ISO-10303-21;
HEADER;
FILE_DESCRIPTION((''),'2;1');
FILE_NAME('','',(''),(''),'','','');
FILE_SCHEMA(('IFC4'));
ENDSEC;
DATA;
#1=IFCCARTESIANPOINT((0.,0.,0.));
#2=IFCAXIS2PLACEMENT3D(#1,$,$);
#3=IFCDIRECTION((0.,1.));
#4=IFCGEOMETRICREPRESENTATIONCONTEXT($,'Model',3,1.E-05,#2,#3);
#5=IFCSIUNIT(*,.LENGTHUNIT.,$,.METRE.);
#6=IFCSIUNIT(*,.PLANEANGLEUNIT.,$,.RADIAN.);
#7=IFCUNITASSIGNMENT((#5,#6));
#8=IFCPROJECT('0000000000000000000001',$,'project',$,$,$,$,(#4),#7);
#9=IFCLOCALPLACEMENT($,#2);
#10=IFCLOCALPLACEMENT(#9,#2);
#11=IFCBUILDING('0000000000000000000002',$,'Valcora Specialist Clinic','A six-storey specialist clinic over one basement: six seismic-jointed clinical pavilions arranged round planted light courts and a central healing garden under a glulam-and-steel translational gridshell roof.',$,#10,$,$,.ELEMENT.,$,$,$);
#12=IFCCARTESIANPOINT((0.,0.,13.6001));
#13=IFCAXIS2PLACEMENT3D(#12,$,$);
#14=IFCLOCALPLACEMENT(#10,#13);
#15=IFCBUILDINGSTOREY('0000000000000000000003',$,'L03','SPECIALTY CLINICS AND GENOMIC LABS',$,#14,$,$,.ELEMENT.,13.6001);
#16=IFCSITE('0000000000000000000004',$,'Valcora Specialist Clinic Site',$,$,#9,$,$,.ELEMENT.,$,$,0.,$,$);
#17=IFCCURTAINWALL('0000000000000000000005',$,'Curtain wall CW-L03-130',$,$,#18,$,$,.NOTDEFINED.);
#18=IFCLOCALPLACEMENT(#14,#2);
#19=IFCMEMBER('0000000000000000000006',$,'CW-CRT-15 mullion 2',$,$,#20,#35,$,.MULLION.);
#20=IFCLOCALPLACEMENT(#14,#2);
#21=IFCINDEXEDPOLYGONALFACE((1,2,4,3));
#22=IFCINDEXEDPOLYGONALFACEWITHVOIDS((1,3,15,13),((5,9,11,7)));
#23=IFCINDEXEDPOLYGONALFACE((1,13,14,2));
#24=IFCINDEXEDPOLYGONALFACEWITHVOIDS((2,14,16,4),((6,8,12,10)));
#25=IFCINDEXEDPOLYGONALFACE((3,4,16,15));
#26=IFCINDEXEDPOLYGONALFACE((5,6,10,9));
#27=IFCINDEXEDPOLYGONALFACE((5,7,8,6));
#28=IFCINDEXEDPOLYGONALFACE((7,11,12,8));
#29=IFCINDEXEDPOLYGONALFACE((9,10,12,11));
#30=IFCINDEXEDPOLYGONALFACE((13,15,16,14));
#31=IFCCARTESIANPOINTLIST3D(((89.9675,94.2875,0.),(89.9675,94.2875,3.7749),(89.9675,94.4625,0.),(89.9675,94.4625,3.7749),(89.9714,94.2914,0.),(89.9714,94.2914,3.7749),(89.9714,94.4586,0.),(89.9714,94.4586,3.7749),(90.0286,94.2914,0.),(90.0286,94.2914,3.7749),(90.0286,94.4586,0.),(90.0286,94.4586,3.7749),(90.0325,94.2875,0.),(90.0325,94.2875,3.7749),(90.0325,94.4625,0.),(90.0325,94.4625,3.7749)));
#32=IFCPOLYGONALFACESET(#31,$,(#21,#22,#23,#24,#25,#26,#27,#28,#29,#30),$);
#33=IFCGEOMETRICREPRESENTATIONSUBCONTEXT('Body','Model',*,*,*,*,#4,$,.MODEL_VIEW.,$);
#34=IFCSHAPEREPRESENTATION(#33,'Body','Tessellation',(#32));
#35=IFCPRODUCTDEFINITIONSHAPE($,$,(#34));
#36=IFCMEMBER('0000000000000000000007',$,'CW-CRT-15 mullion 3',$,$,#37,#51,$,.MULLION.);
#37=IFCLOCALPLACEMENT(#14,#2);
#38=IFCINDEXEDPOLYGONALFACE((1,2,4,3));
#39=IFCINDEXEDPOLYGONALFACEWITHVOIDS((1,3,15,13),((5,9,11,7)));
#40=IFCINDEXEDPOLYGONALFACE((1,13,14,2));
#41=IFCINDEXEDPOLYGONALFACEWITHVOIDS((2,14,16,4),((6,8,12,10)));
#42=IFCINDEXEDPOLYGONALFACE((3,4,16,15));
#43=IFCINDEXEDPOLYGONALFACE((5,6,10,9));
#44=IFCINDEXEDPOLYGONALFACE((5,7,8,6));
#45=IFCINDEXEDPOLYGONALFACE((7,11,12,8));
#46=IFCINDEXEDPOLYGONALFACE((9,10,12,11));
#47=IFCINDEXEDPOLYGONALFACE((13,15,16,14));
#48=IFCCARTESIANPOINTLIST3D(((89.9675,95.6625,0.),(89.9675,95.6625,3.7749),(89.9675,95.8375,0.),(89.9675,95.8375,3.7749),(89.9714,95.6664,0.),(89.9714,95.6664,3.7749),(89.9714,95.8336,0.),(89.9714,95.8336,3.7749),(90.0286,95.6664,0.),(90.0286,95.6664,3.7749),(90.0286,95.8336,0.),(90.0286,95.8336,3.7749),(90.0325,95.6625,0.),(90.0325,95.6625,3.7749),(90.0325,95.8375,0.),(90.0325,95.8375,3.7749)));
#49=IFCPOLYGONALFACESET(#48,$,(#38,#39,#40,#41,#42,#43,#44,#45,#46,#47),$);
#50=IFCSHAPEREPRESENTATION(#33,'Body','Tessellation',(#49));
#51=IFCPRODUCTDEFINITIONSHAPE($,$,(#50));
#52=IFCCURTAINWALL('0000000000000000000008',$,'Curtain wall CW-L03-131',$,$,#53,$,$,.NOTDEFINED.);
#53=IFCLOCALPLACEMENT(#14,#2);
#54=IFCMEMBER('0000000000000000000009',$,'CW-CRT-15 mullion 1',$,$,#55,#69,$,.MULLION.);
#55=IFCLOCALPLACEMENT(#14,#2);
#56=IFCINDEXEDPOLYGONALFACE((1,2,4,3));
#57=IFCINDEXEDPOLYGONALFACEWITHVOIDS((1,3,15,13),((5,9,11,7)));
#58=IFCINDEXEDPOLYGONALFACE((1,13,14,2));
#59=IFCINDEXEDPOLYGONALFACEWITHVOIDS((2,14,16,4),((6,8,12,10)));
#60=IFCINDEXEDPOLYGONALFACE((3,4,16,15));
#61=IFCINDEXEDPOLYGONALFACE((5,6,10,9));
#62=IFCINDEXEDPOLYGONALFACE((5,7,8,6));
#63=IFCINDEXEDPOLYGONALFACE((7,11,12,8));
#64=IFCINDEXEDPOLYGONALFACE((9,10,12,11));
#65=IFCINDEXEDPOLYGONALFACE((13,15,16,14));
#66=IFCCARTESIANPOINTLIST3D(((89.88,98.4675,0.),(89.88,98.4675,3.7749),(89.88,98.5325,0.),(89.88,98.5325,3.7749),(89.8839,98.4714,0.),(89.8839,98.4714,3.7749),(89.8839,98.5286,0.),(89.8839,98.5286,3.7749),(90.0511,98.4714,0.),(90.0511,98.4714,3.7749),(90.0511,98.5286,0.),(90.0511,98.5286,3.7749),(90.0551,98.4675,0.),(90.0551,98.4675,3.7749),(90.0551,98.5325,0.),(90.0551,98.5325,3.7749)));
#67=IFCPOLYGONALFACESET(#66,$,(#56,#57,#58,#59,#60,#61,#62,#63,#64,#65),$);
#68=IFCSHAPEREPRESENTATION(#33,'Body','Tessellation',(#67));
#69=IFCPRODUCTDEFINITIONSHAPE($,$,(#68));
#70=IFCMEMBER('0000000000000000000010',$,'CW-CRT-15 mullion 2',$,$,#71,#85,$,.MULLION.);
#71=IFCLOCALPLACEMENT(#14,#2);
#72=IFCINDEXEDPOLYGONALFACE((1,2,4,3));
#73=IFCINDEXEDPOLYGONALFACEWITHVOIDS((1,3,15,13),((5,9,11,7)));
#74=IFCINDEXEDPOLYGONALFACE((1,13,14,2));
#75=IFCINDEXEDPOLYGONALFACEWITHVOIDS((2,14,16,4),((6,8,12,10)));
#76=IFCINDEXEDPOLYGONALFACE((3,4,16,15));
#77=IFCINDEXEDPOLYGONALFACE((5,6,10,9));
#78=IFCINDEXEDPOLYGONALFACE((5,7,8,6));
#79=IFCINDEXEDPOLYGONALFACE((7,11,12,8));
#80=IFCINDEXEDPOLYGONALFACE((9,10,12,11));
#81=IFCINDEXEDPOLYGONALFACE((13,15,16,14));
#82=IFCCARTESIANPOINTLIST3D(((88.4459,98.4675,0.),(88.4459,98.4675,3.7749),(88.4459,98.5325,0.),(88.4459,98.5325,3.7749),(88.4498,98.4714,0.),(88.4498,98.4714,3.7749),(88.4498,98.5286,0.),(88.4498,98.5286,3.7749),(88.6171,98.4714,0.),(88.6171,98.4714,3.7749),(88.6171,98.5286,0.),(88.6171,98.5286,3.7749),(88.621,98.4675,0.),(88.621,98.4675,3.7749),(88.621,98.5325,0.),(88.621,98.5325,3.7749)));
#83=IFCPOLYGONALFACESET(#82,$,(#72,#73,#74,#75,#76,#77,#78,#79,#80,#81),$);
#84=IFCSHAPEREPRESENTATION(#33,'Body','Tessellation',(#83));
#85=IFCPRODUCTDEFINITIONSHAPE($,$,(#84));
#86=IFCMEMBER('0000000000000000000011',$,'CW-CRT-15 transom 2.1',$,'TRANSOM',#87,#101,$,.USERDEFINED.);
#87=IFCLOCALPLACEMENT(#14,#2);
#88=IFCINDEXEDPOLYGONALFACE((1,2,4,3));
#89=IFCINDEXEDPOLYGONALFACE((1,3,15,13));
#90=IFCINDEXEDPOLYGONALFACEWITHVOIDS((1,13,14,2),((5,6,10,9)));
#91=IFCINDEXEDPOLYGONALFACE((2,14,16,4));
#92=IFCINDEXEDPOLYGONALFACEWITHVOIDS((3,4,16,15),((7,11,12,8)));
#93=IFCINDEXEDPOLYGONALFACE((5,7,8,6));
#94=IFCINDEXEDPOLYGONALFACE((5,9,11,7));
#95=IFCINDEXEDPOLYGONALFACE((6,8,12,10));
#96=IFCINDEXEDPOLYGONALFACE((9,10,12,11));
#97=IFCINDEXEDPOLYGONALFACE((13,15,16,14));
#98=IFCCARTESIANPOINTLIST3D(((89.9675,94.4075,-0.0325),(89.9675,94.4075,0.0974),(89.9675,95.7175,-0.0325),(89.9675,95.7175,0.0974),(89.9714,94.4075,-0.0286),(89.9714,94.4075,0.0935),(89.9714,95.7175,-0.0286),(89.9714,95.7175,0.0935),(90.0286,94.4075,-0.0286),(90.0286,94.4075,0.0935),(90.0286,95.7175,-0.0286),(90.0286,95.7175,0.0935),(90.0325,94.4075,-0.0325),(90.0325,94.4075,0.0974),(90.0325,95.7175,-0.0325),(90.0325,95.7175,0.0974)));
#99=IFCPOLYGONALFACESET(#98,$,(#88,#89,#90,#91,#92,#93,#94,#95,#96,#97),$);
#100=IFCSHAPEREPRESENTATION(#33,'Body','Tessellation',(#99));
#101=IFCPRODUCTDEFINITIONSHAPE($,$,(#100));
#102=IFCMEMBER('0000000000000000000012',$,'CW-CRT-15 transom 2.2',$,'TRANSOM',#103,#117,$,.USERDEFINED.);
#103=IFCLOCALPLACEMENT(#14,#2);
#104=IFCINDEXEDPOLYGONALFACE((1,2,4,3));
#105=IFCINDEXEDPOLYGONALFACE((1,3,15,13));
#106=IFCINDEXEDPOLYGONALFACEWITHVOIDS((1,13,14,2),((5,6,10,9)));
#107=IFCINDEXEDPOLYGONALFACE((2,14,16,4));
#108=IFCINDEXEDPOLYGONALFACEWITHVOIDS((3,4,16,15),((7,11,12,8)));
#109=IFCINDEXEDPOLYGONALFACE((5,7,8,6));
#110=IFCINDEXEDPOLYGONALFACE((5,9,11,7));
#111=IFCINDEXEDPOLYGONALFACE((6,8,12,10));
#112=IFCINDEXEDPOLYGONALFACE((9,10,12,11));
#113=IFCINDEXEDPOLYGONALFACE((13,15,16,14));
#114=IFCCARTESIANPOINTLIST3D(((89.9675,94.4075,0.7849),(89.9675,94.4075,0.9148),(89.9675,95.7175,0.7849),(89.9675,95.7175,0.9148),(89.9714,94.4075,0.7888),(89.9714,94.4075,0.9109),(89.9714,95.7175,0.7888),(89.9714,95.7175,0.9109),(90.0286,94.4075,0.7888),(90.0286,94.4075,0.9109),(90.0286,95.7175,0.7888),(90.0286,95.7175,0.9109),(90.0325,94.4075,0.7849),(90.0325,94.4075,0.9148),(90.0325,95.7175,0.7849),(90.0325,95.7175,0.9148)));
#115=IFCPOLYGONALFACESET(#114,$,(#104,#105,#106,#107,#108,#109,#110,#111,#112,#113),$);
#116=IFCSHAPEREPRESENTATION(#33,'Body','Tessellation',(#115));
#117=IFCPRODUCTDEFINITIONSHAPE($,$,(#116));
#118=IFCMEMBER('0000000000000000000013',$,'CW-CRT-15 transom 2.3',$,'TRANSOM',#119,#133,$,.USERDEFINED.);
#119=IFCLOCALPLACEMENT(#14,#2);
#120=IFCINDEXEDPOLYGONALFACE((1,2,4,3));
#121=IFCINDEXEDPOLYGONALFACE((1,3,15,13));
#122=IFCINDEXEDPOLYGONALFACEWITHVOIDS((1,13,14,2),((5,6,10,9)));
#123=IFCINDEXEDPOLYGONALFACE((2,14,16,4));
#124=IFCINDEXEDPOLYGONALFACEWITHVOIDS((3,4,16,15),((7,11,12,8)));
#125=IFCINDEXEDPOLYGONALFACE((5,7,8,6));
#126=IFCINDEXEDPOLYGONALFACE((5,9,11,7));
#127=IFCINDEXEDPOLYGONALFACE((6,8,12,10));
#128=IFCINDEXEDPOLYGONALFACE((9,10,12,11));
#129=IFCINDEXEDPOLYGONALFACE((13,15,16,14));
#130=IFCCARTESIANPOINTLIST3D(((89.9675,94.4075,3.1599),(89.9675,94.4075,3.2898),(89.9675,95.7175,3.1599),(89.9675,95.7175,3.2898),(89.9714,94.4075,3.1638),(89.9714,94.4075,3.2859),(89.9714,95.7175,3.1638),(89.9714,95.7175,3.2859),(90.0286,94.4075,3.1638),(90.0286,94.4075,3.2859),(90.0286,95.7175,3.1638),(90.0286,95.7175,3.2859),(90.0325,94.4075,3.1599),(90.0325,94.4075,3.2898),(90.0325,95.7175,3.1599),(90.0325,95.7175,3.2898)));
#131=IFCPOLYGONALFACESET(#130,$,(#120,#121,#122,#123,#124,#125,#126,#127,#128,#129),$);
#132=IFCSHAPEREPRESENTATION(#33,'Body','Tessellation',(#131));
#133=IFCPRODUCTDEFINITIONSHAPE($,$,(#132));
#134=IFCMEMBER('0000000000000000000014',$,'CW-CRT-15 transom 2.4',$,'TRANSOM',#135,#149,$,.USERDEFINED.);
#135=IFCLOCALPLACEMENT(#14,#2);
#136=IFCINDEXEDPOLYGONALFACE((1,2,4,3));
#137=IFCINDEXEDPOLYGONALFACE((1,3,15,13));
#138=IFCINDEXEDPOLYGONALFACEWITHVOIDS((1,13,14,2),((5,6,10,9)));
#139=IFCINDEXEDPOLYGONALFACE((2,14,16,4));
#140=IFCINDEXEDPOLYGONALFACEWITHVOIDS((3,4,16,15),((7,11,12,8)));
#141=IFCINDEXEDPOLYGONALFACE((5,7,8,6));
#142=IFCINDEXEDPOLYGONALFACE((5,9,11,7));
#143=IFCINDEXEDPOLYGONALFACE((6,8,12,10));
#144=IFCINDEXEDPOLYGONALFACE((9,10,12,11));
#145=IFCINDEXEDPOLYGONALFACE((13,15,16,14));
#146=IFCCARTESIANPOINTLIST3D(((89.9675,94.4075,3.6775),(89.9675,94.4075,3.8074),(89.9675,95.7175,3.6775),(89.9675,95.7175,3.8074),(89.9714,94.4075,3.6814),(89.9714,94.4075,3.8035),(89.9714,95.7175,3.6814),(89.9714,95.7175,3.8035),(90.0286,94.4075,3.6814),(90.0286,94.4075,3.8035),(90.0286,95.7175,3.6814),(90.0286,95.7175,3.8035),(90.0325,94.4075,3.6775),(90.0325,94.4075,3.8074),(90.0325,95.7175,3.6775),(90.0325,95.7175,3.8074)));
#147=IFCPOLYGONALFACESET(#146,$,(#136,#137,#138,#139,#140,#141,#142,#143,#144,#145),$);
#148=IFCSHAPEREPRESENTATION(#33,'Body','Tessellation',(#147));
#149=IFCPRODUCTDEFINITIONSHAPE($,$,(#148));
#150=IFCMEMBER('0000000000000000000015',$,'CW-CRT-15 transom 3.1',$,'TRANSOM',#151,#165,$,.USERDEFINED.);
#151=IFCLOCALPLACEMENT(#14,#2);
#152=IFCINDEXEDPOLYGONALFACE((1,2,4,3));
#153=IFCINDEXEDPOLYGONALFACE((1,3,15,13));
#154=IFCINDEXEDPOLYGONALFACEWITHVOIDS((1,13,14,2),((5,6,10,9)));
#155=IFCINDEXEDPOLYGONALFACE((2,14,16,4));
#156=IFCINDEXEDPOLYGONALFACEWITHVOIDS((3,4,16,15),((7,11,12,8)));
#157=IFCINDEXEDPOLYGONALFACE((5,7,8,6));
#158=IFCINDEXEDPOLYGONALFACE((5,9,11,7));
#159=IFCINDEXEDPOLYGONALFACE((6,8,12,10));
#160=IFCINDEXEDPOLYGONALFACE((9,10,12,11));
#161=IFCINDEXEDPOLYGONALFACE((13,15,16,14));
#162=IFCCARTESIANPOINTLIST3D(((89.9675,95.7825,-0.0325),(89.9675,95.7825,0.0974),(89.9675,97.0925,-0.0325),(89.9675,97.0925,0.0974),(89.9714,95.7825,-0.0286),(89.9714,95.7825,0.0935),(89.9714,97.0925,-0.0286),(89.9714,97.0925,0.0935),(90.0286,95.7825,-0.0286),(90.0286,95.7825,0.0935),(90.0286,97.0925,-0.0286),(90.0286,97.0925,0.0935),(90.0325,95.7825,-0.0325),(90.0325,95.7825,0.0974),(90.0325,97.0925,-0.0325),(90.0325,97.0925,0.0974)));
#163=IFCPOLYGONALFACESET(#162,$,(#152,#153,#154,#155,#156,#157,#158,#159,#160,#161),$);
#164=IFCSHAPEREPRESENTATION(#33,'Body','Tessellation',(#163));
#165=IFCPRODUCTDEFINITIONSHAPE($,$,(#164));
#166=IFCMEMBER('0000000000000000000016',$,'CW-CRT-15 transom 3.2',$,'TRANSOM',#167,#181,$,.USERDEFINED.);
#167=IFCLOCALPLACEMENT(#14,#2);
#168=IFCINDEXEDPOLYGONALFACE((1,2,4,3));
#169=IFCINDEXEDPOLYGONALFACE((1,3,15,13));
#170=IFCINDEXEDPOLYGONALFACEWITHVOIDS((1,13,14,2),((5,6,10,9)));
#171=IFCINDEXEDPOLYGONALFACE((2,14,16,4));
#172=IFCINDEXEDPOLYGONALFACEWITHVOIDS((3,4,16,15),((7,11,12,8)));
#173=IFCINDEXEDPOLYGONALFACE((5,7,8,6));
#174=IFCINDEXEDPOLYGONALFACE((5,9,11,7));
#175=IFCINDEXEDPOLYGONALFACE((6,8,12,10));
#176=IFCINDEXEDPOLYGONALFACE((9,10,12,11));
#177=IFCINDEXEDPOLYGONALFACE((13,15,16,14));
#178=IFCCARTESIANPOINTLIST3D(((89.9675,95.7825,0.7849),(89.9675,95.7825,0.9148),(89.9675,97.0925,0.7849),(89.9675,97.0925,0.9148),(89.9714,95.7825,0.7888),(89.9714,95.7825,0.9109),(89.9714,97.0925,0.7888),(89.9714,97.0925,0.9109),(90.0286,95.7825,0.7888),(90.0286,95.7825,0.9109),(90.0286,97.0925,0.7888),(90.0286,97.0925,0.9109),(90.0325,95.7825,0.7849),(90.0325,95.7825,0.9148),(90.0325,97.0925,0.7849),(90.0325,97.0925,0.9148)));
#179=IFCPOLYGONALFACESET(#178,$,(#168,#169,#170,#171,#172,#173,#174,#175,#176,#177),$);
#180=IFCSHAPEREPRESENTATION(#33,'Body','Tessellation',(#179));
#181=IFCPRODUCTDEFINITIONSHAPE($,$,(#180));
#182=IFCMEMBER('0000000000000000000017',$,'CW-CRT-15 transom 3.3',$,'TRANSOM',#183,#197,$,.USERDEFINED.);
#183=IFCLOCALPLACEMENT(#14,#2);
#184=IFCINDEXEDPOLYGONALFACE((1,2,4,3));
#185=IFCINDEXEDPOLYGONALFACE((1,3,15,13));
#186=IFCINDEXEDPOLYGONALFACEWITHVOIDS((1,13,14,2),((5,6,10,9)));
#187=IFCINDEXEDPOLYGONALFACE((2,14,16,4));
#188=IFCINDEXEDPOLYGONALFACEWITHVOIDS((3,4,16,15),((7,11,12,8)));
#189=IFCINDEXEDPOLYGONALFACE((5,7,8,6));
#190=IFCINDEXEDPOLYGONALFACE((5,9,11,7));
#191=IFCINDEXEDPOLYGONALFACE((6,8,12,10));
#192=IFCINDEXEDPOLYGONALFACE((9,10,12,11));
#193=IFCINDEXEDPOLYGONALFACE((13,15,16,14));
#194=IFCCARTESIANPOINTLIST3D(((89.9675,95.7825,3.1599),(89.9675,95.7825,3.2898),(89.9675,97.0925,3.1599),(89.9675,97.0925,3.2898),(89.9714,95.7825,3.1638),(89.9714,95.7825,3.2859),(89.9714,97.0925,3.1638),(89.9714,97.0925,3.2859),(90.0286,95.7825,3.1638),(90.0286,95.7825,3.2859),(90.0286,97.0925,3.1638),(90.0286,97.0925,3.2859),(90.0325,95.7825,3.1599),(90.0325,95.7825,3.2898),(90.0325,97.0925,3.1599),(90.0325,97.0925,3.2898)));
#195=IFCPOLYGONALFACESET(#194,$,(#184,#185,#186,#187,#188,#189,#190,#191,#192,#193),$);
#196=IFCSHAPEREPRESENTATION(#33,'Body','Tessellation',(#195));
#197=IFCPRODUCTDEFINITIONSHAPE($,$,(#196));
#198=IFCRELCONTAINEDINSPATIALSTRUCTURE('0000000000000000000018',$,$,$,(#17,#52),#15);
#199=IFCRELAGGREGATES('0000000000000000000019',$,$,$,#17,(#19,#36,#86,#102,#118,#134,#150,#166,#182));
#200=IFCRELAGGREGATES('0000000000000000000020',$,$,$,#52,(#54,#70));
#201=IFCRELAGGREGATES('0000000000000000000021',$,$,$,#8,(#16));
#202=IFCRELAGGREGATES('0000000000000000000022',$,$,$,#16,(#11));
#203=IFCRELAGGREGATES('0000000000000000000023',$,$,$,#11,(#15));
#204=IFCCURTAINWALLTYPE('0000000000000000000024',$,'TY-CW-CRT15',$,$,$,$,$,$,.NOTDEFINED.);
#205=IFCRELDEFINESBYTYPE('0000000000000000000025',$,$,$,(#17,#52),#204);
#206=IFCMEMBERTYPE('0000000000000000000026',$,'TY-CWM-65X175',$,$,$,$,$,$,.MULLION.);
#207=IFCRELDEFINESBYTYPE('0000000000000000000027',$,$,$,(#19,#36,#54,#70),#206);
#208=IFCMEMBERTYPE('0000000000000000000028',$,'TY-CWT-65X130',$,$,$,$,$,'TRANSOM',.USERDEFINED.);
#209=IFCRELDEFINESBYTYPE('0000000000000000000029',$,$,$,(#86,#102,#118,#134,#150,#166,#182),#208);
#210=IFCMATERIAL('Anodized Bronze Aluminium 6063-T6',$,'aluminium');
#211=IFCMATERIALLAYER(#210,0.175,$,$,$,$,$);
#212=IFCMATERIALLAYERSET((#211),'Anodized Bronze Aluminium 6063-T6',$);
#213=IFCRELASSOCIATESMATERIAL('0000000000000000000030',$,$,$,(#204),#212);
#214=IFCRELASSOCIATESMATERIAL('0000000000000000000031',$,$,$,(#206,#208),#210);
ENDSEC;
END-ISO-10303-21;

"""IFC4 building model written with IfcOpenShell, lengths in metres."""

from ifc_helpers import new_model, si_unit, direction, frame, origin, origin_2d, place, context, subcontext, project, spatial, hollow_rectangle, extrude, material, layer, layer_set, material_profile, profile_set, type_object, element, aggregate, save


model = new_model("IFC4")

# Units and contexts
model_context = context("Model", 3, precision=1e-05, world=origin(), true_north=direction((0.0, 1.0)))
body_context = subcontext(model_context, "Body", "Model", "MODEL_VIEW")
ifc_project = project(units=[si_unit("LENGTHUNIT", "METRE"), si_unit("PLANEANGLEUNIT", "RADIAN")], contexts=[model_context])

# Site, building, storey
site_placement = place(None, origin())
site = spatial("IfcSite", under=ifc_project, at=site_placement, Name="Valcora Specialist Clinic Site", CompositionType="ELEMENT", RefElevation=0.0)
building_placement = place(site_placement, origin())
building = spatial("IfcBuilding", under=site, at=building_placement, Name="Valcora Specialist Clinic", Description="A six-storey specialist clinic over one basement: six seismic-jointed clinical pavilions arranged round planted light courts and a central healing garden under a glulam-and-steel translational gridshell roof.", CompositionType="ELEMENT")
storey_placement = place(building_placement, frame((0.0, 0.0, 13.6001)))
storey = spatial("IfcBuildingStorey", under=building, at=storey_placement, Name="L03", Description="SPECIALTY CLINICS AND GENOMIC LABS", CompositionType="ELEMENT", Elevation=13.6001)

# Curtain walls, members
ifc_material_1 = material(Name="Anodized Bronze Aluminium 6063-T6", Category="aluminium")
ifc_layer_1 = layer(ifc_material_1, 0.175)
ifc_layer_set_1 = layer_set([ifc_layer_1], Name="Anodized Bronze Aluminium 6063-T6")
curtain_wall_type = type_object("IfcCurtainWallType", Name="TY-CW-CRT15", PredefinedType="NOTDEFINED", material=ifc_layer_set_1)
curtain_wall_1_placement = place(storey_placement, origin())
curtain_wall_1 = element("IfcCurtainWall", 1, at=curtain_wall_1_placement, inside=storey, type_object=curtain_wall_type, Name="Curtain wall CW-L03-130", PredefinedType="NOTDEFINED")
ifc_material_profile_1 = material_profile(ifc_material_1, hollow_rectangle(XDim=0.0649, YDim=0.175, WallThickness=0.0039, at=origin_2d()), Name="AL-MUL-65X175")
ifc_profile_set_1 = profile_set([ifc_material_profile_1], Name="Anodized Bronze Aluminium 6063-T6")
member_type_1 = type_object("IfcMemberType", Name="TY-CWM-65X175", PredefinedType="MULLION", material=ifc_profile_set_1)
member_1_placement = place(storey_placement, frame((90.0, 94.375, 0.0), z_axis=(0.0, 0.0, 1.0), x_axis=(-1.0, 0.0, 0.0)))
member_1 = element("IfcMember", 2, at=member_1_placement, type_object=member_type_1, Name="CW-CRT-15 mullion 2", PredefinedType="MULLION", context=body_context, shape_type="SweptSolid", body=[
    extrude(hollow_rectangle(XDim=0.0649, YDim=0.175, WallThickness=0.0039, at=origin_2d()), origin(), (0.0, 0.0, 1.0), 3.7749),
])
member_2_placement = place(storey_placement, frame((90.0, 95.75, 0.0), z_axis=(0.0, 0.0, 1.0), x_axis=(-1.0, 0.0, 0.0)))
member_2 = element("IfcMember", 3, at=member_2_placement, type_object=member_type_1, Name="CW-CRT-15 mullion 3", PredefinedType="MULLION", context=body_context, shape_type="SweptSolid", body=[
    extrude(hollow_rectangle(XDim=0.0649, YDim=0.175, WallThickness=0.0039, at=origin_2d()), origin(), (0.0, 0.0, 1.0), 3.7749),
])
curtain_wall_2_placement = place(storey_placement, origin())
curtain_wall_2 = element("IfcCurtainWall", 4, at=curtain_wall_2_placement, inside=storey, type_object=curtain_wall_type, Name="Curtain wall CW-L03-131", PredefinedType="NOTDEFINED")
member_3_placement = place(storey_placement, frame((89.9675, 98.5, 0.0), z_axis=(0.0, 0.0, 1.0), x_axis=(0.0, -1.0, 0.0)))
member_3 = element("IfcMember", 5, at=member_3_placement, type_object=member_type_1, Name="CW-CRT-15 mullion 1", PredefinedType="MULLION", context=body_context, shape_type="SweptSolid", body=[
    extrude(hollow_rectangle(XDim=0.0649, YDim=0.175, WallThickness=0.0039, at=origin_2d()), origin(), (0.0, 0.0, 1.0), 3.7749),
])
member_4_placement = place(storey_placement, frame((88.5334, 98.5, 0.0), z_axis=(0.0, 0.0, 1.0), x_axis=(0.0, -1.0, 0.0)))
member_4 = element("IfcMember", 6, at=member_4_placement, type_object=member_type_1, Name="CW-CRT-15 mullion 2", PredefinedType="MULLION", context=body_context, shape_type="SweptSolid", body=[
    extrude(hollow_rectangle(XDim=0.0649, YDim=0.175, WallThickness=0.0039, at=origin_2d()), origin(), (0.0, 0.0, 1.0), 3.7749),
])

# Members
ifc_material_profile_2 = material_profile(ifc_material_1, hollow_rectangle(XDim=0.0649, YDim=0.1299, WallThickness=0.0039, at=origin_2d()), Name="AL-TRN-65X130")
ifc_profile_set_2 = profile_set([ifc_material_profile_2], Name="Anodized Bronze Aluminium 6063-T6")
member_type_2 = type_object("IfcMemberType", Name="TY-CWT-65X130", ElementType="TRANSOM", PredefinedType="USERDEFINED", material=ifc_profile_set_2)
member_5_placement = place(storey_placement, frame((90.0, 94.4075, 0.0325), z_axis=(0.0, 1.0, 0.0), x_axis=(-1.0, 0.0, 0.0)))
member_5 = element("IfcMember", 7, at=member_5_placement, type_object=member_type_2, Name="CW-CRT-15 transom 2.1", ObjectType="TRANSOM", PredefinedType="USERDEFINED", context=body_context, shape_type="SweptSolid", body=[
    extrude(hollow_rectangle(XDim=0.0649, YDim=0.1299, WallThickness=0.0039, at=origin_2d()), origin(), (0.0, 0.0, 1.0), 1.3101),
])
member_6_placement = place(storey_placement, frame((90.0, 94.4075, 0.8499), z_axis=(0.0, 1.0, 0.0), x_axis=(-1.0, 0.0, 0.0)))
member_6 = element("IfcMember", 8, at=member_6_placement, type_object=member_type_2, Name="CW-CRT-15 transom 2.2", ObjectType="TRANSOM", PredefinedType="USERDEFINED", context=body_context, shape_type="SweptSolid", body=[
    extrude(hollow_rectangle(XDim=0.0649, YDim=0.1299, WallThickness=0.0039, at=origin_2d()), origin(), (0.0, 0.0, 1.0), 1.3101),
])
member_7_placement = place(storey_placement, frame((90.0, 94.4075, 3.2249), z_axis=(0.0, 1.0, 0.0), x_axis=(-1.0, 0.0, 0.0)))
member_7 = element("IfcMember", 9, at=member_7_placement, type_object=member_type_2, Name="CW-CRT-15 transom 2.3", ObjectType="TRANSOM", PredefinedType="USERDEFINED", context=body_context, shape_type="SweptSolid", body=[
    extrude(hollow_rectangle(XDim=0.0649, YDim=0.1299, WallThickness=0.0039, at=origin_2d()), origin(), (0.0, 0.0, 1.0), 1.3101),
])
member_8_placement = place(storey_placement, frame((90.0, 94.4075, 3.7424), z_axis=(0.0, 1.0, 0.0), x_axis=(-1.0, 0.0, 0.0)))
member_8 = element("IfcMember", 10, at=member_8_placement, type_object=member_type_2, Name="CW-CRT-15 transom 2.4", ObjectType="TRANSOM", PredefinedType="USERDEFINED", context=body_context, shape_type="SweptSolid", body=[
    extrude(hollow_rectangle(XDim=0.0649, YDim=0.1299, WallThickness=0.0039, at=origin_2d()), origin(), (0.0, 0.0, 1.0), 1.3101),
])
member_9_placement = place(storey_placement, frame((90.0, 95.7825, 0.0325), z_axis=(0.0, 1.0, 0.0), x_axis=(-1.0, 0.0, 0.0)))
member_9 = element("IfcMember", 11, at=member_9_placement, type_object=member_type_2, Name="CW-CRT-15 transom 3.1", ObjectType="TRANSOM", PredefinedType="USERDEFINED", context=body_context, shape_type="SweptSolid", body=[
    extrude(hollow_rectangle(XDim=0.0649, YDim=0.1299, WallThickness=0.0039, at=origin_2d()), origin(), (0.0, 0.0, 1.0), 1.3101),
])
member_10_placement = place(storey_placement, frame((90.0, 95.7825, 0.8499), z_axis=(0.0, 1.0, 0.0), x_axis=(-1.0, 0.0, 0.0)))
member_10 = element("IfcMember", 12, at=member_10_placement, type_object=member_type_2, Name="CW-CRT-15 transom 3.2", ObjectType="TRANSOM", PredefinedType="USERDEFINED", context=body_context, shape_type="SweptSolid", body=[
    extrude(hollow_rectangle(XDim=0.0649, YDim=0.1299, WallThickness=0.0039, at=origin_2d()), origin(), (0.0, 0.0, 1.0), 1.3101),
])
member_11_placement = place(storey_placement, frame((90.0, 95.7825, 3.2249), z_axis=(0.0, 1.0, 0.0), x_axis=(-1.0, 0.0, 0.0)))
member_11 = element("IfcMember", 13, at=member_11_placement, type_object=member_type_2, Name="CW-CRT-15 transom 3.3", ObjectType="TRANSOM", PredefinedType="USERDEFINED", context=body_context, shape_type="SweptSolid", body=[
    extrude(hollow_rectangle(XDim=0.0649, YDim=0.1299, WallThickness=0.0039, at=origin_2d()), origin(), (0.0, 0.0, 1.0), 1.3101),
])

aggregate(curtain_wall_1, [member_1, member_2, member_5, member_6, member_7, member_8, member_9, member_10, member_11])
aggregate(curtain_wall_2, [member_3, member_4])

save(model, "model.ifc")
